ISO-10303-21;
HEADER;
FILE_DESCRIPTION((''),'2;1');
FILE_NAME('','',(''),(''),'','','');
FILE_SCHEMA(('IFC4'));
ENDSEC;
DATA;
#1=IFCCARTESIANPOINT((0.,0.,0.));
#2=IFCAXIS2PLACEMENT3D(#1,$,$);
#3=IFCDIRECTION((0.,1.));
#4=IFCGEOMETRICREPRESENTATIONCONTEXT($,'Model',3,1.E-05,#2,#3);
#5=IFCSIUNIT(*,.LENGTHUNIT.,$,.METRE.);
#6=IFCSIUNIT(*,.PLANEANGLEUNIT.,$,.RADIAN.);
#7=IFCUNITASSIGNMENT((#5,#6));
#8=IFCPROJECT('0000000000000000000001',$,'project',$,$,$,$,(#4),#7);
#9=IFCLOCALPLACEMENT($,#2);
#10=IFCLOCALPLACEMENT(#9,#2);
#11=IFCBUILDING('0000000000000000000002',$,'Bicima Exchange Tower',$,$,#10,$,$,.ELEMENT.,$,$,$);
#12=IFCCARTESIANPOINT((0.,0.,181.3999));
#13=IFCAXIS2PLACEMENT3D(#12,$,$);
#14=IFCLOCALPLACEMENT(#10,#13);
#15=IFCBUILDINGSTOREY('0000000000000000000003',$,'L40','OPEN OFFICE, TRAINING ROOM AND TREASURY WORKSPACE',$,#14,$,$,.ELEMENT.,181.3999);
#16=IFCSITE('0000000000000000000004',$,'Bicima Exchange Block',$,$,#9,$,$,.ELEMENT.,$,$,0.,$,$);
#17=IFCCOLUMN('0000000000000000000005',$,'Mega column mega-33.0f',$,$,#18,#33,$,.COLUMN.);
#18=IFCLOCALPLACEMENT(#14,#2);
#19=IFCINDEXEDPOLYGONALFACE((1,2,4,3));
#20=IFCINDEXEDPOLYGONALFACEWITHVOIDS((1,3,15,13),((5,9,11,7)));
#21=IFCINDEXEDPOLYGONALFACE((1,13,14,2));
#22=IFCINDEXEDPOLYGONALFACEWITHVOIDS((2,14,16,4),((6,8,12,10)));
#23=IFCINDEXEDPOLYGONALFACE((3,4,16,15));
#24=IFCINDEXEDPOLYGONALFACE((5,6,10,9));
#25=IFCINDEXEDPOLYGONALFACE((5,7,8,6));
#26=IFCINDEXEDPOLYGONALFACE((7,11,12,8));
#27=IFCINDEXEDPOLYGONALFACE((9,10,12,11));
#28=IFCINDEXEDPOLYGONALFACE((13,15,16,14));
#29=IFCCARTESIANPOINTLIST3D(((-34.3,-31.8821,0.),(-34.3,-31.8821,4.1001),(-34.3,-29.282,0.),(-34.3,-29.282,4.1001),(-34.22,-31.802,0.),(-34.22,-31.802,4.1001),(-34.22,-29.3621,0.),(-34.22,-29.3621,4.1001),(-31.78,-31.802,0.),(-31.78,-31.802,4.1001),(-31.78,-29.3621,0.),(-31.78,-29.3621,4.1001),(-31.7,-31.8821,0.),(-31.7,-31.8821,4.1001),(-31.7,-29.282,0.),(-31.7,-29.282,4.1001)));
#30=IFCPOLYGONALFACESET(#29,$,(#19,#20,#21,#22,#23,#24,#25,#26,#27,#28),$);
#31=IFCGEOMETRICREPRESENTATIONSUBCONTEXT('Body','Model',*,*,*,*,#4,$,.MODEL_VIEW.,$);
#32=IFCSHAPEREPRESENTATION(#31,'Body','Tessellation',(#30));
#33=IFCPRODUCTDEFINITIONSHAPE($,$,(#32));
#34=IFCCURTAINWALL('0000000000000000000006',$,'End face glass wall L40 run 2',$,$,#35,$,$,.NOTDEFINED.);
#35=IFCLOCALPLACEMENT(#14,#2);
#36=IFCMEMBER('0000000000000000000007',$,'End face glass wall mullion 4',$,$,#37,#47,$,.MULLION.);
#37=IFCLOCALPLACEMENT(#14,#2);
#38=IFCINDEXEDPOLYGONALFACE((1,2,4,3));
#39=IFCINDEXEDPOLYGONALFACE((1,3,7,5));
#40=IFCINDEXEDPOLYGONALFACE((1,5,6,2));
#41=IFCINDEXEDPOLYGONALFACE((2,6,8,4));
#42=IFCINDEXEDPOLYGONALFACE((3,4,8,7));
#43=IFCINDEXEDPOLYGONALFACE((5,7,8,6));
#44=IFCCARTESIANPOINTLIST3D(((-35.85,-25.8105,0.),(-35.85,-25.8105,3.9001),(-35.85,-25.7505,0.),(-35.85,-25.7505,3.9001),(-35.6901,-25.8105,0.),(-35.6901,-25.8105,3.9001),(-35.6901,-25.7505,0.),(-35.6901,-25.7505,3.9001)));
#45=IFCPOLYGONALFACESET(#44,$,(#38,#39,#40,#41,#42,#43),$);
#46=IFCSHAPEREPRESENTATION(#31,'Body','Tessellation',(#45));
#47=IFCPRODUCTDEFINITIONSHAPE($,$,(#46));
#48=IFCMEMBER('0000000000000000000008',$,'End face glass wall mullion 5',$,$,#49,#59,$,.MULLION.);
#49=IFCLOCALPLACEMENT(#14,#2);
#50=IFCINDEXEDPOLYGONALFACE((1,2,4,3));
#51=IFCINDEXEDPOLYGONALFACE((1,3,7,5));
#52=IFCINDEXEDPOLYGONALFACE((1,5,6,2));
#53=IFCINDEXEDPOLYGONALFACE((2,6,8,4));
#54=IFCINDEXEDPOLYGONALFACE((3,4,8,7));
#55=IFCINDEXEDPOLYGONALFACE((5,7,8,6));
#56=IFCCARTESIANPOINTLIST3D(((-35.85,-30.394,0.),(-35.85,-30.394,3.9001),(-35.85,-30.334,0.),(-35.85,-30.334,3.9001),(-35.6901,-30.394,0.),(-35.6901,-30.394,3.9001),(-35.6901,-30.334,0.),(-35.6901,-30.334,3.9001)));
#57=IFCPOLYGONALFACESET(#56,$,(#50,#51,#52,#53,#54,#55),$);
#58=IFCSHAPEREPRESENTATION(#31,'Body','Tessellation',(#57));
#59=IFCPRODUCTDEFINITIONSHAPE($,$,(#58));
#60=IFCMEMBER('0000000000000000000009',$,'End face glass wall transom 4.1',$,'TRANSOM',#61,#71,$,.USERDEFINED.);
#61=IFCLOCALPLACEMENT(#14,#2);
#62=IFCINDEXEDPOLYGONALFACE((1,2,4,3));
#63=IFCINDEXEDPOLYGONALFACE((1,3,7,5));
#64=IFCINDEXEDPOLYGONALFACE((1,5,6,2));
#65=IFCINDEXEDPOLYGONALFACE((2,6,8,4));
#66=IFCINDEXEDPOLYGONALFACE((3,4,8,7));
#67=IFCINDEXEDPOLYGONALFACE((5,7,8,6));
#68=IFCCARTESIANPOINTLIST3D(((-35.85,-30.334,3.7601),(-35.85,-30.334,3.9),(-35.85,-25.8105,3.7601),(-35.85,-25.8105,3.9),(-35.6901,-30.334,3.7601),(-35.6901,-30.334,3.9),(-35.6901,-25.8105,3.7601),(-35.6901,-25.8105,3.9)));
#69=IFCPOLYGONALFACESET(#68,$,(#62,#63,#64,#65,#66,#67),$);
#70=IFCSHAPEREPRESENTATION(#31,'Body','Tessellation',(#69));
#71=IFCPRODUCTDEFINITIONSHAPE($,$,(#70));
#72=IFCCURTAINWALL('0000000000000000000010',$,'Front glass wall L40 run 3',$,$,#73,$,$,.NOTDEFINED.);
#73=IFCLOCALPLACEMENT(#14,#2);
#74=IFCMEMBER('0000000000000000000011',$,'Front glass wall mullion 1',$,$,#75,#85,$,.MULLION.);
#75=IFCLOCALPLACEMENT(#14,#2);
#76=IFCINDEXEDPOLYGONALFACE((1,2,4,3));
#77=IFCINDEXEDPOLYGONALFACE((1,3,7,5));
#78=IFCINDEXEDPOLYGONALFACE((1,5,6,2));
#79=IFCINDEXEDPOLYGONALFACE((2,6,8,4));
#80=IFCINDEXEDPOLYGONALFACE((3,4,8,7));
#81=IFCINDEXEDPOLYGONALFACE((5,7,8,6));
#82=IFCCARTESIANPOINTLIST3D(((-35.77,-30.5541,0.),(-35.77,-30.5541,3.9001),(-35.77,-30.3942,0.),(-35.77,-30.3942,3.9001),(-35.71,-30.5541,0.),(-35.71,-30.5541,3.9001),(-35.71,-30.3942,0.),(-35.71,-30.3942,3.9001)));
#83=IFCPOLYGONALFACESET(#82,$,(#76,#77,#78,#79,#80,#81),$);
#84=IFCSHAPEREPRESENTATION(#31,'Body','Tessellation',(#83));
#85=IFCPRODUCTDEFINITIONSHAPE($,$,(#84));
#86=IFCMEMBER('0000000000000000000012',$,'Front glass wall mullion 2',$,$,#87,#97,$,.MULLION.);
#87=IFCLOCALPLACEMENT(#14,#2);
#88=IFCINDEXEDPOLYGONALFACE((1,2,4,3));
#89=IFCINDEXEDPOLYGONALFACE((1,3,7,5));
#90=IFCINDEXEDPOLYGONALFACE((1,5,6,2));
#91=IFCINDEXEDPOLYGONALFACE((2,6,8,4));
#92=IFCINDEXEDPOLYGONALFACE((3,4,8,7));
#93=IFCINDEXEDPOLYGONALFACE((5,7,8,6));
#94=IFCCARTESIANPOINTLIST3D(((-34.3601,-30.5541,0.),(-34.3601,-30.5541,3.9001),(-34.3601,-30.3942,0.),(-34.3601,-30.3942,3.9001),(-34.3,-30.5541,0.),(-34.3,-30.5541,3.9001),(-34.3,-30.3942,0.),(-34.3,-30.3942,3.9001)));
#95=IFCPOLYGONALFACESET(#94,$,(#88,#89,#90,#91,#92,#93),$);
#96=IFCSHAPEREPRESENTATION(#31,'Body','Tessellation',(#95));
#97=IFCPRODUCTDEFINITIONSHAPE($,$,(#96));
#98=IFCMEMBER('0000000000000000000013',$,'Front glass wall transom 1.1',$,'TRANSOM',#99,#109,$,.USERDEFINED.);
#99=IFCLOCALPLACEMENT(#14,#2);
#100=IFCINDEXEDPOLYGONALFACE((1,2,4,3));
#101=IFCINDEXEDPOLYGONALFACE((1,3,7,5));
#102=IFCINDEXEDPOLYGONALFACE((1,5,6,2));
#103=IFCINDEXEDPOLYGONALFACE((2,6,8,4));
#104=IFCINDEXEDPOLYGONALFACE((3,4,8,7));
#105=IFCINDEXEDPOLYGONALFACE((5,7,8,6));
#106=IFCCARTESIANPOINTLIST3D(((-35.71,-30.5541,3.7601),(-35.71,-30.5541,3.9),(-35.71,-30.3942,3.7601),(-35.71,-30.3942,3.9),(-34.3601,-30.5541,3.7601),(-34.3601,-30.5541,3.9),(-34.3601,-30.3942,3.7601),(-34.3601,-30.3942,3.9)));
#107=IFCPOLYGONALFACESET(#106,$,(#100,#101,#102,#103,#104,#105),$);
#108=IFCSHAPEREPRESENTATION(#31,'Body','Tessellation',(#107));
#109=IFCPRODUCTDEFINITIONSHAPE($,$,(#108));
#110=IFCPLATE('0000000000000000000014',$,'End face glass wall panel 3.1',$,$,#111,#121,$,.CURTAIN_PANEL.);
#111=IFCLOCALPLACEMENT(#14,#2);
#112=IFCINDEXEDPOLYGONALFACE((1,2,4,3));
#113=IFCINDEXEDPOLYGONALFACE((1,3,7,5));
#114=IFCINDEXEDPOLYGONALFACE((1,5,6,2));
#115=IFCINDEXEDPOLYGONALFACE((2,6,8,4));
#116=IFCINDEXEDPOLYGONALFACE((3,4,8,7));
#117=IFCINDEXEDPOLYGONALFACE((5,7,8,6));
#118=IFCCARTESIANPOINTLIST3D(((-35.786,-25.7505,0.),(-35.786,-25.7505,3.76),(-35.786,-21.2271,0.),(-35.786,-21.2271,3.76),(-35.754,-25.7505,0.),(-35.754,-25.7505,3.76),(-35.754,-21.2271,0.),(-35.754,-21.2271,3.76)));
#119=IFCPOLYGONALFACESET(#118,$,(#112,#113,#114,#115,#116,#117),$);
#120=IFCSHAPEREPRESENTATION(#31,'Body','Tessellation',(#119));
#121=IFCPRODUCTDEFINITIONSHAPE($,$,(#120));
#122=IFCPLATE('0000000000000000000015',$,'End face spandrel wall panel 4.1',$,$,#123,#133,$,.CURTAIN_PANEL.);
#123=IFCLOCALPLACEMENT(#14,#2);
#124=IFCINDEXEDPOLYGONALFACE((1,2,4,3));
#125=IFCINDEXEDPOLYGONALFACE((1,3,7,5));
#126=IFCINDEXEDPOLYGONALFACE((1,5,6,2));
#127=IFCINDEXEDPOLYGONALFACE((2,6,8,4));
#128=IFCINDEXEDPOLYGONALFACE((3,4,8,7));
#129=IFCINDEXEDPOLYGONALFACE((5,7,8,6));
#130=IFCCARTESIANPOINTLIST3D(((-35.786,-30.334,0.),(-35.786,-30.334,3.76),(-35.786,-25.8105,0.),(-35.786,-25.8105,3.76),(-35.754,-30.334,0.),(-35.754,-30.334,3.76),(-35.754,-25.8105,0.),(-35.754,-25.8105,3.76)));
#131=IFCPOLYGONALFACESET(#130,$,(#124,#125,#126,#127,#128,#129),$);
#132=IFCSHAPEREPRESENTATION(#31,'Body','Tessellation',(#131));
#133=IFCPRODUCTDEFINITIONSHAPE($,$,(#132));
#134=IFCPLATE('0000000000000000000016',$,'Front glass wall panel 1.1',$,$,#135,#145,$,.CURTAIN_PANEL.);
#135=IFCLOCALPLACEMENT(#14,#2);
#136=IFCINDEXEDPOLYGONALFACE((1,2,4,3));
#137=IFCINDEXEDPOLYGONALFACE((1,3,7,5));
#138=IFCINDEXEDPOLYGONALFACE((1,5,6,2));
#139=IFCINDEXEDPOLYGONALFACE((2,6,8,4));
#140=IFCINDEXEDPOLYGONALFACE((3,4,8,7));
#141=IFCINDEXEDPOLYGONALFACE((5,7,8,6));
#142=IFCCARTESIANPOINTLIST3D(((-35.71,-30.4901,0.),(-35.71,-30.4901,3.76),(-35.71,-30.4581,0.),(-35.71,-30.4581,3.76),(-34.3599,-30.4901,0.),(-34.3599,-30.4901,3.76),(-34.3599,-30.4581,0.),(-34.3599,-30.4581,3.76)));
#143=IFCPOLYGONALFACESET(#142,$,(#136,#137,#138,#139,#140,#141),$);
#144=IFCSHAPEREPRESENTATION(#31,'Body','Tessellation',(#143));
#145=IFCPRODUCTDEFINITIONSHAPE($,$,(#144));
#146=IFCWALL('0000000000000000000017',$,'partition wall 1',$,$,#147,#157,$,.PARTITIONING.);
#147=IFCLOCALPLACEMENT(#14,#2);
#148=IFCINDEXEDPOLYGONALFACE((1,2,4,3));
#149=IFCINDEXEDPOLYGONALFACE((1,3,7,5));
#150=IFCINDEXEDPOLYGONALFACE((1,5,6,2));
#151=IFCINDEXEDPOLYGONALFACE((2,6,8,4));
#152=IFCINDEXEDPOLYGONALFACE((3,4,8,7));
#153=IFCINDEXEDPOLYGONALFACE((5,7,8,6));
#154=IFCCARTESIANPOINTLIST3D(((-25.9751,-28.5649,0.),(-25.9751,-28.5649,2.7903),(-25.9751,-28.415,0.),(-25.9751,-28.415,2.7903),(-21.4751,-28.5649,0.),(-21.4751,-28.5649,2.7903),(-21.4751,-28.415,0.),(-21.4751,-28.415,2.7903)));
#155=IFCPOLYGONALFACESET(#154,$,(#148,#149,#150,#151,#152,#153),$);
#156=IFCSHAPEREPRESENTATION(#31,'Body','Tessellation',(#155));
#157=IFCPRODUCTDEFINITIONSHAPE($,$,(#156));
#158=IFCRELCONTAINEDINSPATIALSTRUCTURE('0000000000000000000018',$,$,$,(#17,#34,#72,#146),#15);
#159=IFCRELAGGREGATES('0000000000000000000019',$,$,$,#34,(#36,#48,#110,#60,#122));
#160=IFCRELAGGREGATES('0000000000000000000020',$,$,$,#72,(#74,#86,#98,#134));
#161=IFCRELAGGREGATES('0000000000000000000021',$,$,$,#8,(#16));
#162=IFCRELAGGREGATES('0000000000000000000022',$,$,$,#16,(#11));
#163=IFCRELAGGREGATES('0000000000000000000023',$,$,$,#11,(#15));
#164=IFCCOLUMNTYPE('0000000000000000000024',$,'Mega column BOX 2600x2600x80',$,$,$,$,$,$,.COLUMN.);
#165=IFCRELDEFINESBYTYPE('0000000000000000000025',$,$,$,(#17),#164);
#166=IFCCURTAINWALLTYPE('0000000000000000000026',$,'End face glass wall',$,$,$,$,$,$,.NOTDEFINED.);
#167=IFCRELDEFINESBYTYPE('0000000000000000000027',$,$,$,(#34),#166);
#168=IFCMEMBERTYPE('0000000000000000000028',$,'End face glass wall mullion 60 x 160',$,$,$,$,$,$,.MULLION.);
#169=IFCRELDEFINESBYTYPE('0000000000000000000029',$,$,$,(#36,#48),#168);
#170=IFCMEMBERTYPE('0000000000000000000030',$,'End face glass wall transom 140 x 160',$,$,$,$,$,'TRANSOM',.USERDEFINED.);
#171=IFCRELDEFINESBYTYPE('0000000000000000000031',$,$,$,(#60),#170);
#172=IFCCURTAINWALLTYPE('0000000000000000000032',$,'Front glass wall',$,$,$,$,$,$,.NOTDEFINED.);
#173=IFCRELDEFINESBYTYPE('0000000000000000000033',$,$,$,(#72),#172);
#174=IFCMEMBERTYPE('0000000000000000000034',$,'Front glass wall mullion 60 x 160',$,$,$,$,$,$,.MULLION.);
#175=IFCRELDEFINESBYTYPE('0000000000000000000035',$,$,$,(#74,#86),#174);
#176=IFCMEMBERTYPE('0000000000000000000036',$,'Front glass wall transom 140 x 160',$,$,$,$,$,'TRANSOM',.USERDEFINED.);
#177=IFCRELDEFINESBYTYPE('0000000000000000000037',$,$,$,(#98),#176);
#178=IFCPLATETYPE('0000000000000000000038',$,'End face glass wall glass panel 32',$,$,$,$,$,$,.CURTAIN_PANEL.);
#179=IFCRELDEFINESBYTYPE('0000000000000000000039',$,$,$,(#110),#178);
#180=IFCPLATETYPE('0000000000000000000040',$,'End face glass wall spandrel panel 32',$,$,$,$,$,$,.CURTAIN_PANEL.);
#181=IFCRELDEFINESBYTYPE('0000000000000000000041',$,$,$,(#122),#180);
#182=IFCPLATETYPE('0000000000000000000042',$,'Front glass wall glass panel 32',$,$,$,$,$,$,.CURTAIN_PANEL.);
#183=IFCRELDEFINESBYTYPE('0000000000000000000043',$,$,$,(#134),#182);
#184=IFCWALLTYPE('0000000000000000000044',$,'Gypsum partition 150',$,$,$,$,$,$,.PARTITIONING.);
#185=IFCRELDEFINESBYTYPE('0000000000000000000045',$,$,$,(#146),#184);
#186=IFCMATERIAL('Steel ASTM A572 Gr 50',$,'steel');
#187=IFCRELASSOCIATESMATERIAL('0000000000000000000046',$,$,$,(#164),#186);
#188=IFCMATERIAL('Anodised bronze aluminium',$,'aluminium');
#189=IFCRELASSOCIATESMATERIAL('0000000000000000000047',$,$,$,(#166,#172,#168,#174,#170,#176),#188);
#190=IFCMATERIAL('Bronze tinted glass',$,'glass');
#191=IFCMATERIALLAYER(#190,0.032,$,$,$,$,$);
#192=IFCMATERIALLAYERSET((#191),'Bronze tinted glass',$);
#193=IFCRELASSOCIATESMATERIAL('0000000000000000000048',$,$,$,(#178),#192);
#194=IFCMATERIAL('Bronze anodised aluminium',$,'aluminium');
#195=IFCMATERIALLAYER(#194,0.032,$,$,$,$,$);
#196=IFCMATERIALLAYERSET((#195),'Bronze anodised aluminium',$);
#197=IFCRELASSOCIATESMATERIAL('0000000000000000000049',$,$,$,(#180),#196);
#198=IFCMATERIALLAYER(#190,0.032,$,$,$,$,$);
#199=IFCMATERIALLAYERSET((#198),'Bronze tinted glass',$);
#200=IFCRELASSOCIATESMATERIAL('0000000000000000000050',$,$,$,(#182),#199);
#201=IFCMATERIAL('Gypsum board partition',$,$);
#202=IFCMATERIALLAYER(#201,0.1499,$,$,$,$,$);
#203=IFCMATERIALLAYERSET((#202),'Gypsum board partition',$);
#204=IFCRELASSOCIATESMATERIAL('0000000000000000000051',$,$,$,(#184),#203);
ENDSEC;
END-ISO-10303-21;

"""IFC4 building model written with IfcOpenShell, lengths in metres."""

from ifc_helpers import new_model, si_unit, direction, frame, frame_2d, origin, origin_2d, place, context, subcontext, project, spatial, rectangle, hollow_rectangle, extrude, material, layer, layer_set, material_profile, profile_set, type_object, element, aggregate, save


model = new_model("IFC4")

# Units and contexts
model_context = context("Model", 3, precision=1e-05, world=origin(), true_north=direction((0.0, 1.0)))
body_context = subcontext(model_context, "Body", "Model", "MODEL_VIEW")
ifc_project = project(units=[si_unit("LENGTHUNIT", "METRE"), si_unit("PLANEANGLEUNIT", "RADIAN")], contexts=[model_context])

# Site, building, storey
site_placement = place(None, origin())
site = spatial("IfcSite", under=ifc_project, at=site_placement, Name="Bicima Exchange Block", CompositionType="ELEMENT", RefElevation=0.0)
building_placement = place(site_placement, origin())
building = spatial("IfcBuilding", under=site, at=building_placement, Name="Bicima Exchange Tower", CompositionType="ELEMENT")
storey_placement = place(building_placement, frame((0.0, 0.0, 181.3999)))
storey = spatial("IfcBuildingStorey", under=building, at=storey_placement, Name="L40", Description="OPEN OFFICE, TRAINING ROOM AND TREASURY WORKSPACE", CompositionType="ELEMENT", Elevation=181.3999)

# Column
ifc_material_1 = material(Name="Steel ASTM A572 Gr 50", Category="steel")
ifc_material_profile_1 = material_profile(ifc_material_1, hollow_rectangle(XDim=2.6001, YDim=2.6001, WallThickness=0.0801, at=origin_2d()))
ifc_profile_set_1 = profile_set([ifc_material_profile_1], Name="Steel ASTM A572 Gr 50")
column_type = type_object("IfcColumnType", Name="Mega column BOX 2600x2600x80", PredefinedType="COLUMN", material=ifc_profile_set_1)
column_placement = place(storey_placement, frame((-33.0, -30.582, 0.0), z_axis=(0.0, 0.0, 1.0), x_axis=(1.0, 0.0, 0.0)))
element("IfcColumn", 1, at=column_placement, inside=storey, type_object=column_type, Name="Mega column mega-33.0f", PredefinedType="COLUMN", context=body_context, shape_type="SweptSolid", body=[
    extrude(hollow_rectangle(XDim=2.6001, YDim=2.6001, WallThickness=0.0801, at=origin_2d()), origin(), (0.0, 0.0, 1.0), 4.1001),
])

# Curtain walls, members
ifc_material_2 = material(Name="Anodised bronze aluminium", Category="aluminium")
curtain_wall_type_1 = type_object("IfcCurtainWallType", Name="End face glass wall", PredefinedType="NOTDEFINED", material=ifc_material_2)
curtain_wall_1_placement = place(storey_placement, origin())
curtain_wall_1 = element("IfcCurtainWall", 2, at=curtain_wall_1_placement, inside=storey, type_object=curtain_wall_type_1, Name="End face glass wall L40 run 2", PredefinedType="NOTDEFINED")
ifc_material_profile_2 = material_profile(ifc_material_2, rectangle(XDim=0.1599, YDim=0.0601, at=origin_2d()))
ifc_profile_set_2 = profile_set([ifc_material_profile_2], Name="Anodised bronze aluminium")
member_type_1 = type_object("IfcMemberType", Name="End face glass wall mullion 60 x 160", PredefinedType="MULLION", material=ifc_profile_set_2)
member_1_placement = place(storey_placement, frame((-35.77, -25.7805, 0.0), z_axis=(0.0, 0.0, 1.0), x_axis=(1.0, 0.0, 0.0)))
member_1 = element("IfcMember", 3, at=member_1_placement, type_object=member_type_1, Name="End face glass wall mullion 4", PredefinedType="MULLION", context=body_context, shape_type="SweptSolid", body=[
    extrude(rectangle(XDim=0.1599, YDim=0.0601, at=origin_2d()), origin(), (0.0, 0.0, 1.0), 3.9001),
])
member_2_placement = place(storey_placement, frame((-35.77, -30.364, 0.0), z_axis=(0.0, 0.0, 1.0), x_axis=(1.0, 0.0, 0.0)))
member_2 = element("IfcMember", 4, at=member_2_placement, type_object=member_type_1, Name="End face glass wall mullion 5", PredefinedType="MULLION", context=body_context, shape_type="SweptSolid", body=[
    extrude(rectangle(XDim=0.1599, YDim=0.0601, at=origin_2d()), origin(), (0.0, 0.0, 1.0), 3.9001),
])
ifc_material_profile_3 = material_profile(ifc_material_2, rectangle(XDim=0.1599, YDim=0.1399, at=origin_2d()))
ifc_profile_set_3 = profile_set([ifc_material_profile_3], Name="Anodised bronze aluminium")
member_type_2 = type_object("IfcMemberType", Name="End face glass wall transom 140 x 160", ElementType="TRANSOM", PredefinedType="USERDEFINED", material=ifc_profile_set_3)
member_3_placement = place(storey_placement, frame((-35.77, -25.8105, 3.8301), z_axis=(0.0, -1.0, 0.0), x_axis=(1.0, 0.0, 0.0)))
member_3 = element("IfcMember", 5, at=member_3_placement, type_object=member_type_2, Name="End face glass wall transom 4.1", ObjectType="TRANSOM", PredefinedType="USERDEFINED", context=body_context, shape_type="SweptSolid", body=[
    extrude(rectangle(XDim=0.1599, YDim=0.1399, at=origin_2d()), origin(), (0.0, 0.0, 1.0), 4.5234),
])
curtain_wall_type_2 = type_object("IfcCurtainWallType", Name="Front glass wall", PredefinedType="NOTDEFINED", material=ifc_material_2)
curtain_wall_2_placement = place(storey_placement, origin())
curtain_wall_2 = element("IfcCurtainWall", 6, at=curtain_wall_2_placement, inside=storey, type_object=curtain_wall_type_2, Name="Front glass wall L40 run 3", PredefinedType="NOTDEFINED")
member_type_3 = type_object("IfcMemberType", Name="Front glass wall mullion 60 x 160", PredefinedType="MULLION", material=ifc_profile_set_2)
member_4_placement = place(storey_placement, frame((-35.74, -30.4741, 0.0), z_axis=(0.0, 0.0, 1.0), x_axis=(0.0, 1.0, 0.0)))
member_4 = element("IfcMember", 7, at=member_4_placement, type_object=member_type_3, Name="Front glass wall mullion 1", PredefinedType="MULLION", context=body_context, shape_type="SweptSolid", body=[
    extrude(rectangle(XDim=0.1599, YDim=0.0601, at=origin_2d()), origin(), (0.0, 0.0, 1.0), 3.9001),
])
member_5_placement = place(storey_placement, frame((-34.3301, -30.4741, 0.0), z_axis=(0.0, 0.0, 1.0), x_axis=(0.0, 1.0, 0.0)))
member_5 = element("IfcMember", 8, at=member_5_placement, type_object=member_type_3, Name="Front glass wall mullion 2", PredefinedType="MULLION", context=body_context, shape_type="SweptSolid", body=[
    extrude(rectangle(XDim=0.1599, YDim=0.0601, at=origin_2d()), origin(), (0.0, 0.0, 1.0), 3.9001),
])
member_type_4 = type_object("IfcMemberType", Name="Front glass wall transom 140 x 160", ElementType="TRANSOM", PredefinedType="USERDEFINED", material=ifc_profile_set_3)
member_6_placement = place(storey_placement, frame((-35.71, -30.4741, 3.8301), z_axis=(1.0, 0.0, 0.0), x_axis=(0.0, 1.0, 0.0)))
member_6 = element("IfcMember", 9, at=member_6_placement, type_object=member_type_4, Name="Front glass wall transom 1.1", ObjectType="TRANSOM", PredefinedType="USERDEFINED", context=body_context, shape_type="SweptSolid", body=[
    extrude(rectangle(XDim=0.1599, YDim=0.1399, at=origin_2d()), origin(), (0.0, 0.0, 1.0), 1.3499),
])

# Plates
ifc_material_3 = material(Name="Bronze tinted glass", Category="glass")
ifc_layer_1 = layer(ifc_material_3, 0.032)
ifc_layer_set_1 = layer_set([ifc_layer_1], Name="Bronze tinted glass")
plate_type_1 = type_object("IfcPlateType", Name="End face glass wall glass panel 32", PredefinedType="CURTAIN_PANEL", material=ifc_layer_set_1)
plate_1_placement = place(storey_placement, frame((-35.77, -23.4888, 0.0), z_axis=(0.0, 0.0, 1.0), x_axis=(0.0, -1.0, 0.0)))
plate_1 = element("IfcPlate", 10, at=plate_1_placement, type_object=plate_type_1, Name="End face glass wall panel 3.1", PredefinedType="CURTAIN_PANEL", context=body_context, shape_type="SweptSolid", body=[
    extrude(rectangle(XDim=4.5234, YDim=0.032, at=origin_2d()), origin(), (0.0, 0.0, 1.0), 3.76),
])
ifc_material_4 = material(Name="Bronze anodised aluminium", Category="aluminium")
ifc_layer_2 = layer(ifc_material_4, 0.032)
ifc_layer_set_2 = layer_set([ifc_layer_2], Name="Bronze anodised aluminium")
plate_type_2 = type_object("IfcPlateType", Name="End face glass wall spandrel panel 32", PredefinedType="CURTAIN_PANEL", material=ifc_layer_set_2)
plate_2_placement = place(storey_placement, frame((-35.77, -28.0723, 0.0), z_axis=(0.0, 0.0, 1.0), x_axis=(0.0, -1.0, 0.0)))
plate_2 = element("IfcPlate", 11, at=plate_2_placement, type_object=plate_type_2, Name="End face spandrel wall panel 4.1", PredefinedType="CURTAIN_PANEL", context=body_context, shape_type="SweptSolid", body=[
    extrude(rectangle(XDim=4.5234, YDim=0.032, at=origin_2d()), origin(), (0.0, 0.0, 1.0), 3.76),
])
aggregate(curtain_wall_1, [member_1, member_2, plate_1, member_3, plate_2])
ifc_layer_3 = layer(ifc_material_3, 0.032)
ifc_layer_set_3 = layer_set([ifc_layer_3], Name="Bronze tinted glass")
plate_type_3 = type_object("IfcPlateType", Name="Front glass wall glass panel 32", PredefinedType="CURTAIN_PANEL", material=ifc_layer_set_3)
plate_3_placement = place(storey_placement, frame((-35.0349, -30.4741, 0.0), z_axis=(0.0, 0.0, 1.0), x_axis=(1.0, 0.0, 0.0)))
plate_3 = element("IfcPlate", 12, at=plate_3_placement, type_object=plate_type_3, Name="Front glass wall panel 1.1", PredefinedType="CURTAIN_PANEL", context=body_context, shape_type="SweptSolid", body=[
    extrude(rectangle(XDim=1.3501, YDim=0.032, at=origin_2d()), origin(), (0.0, 0.0, 1.0), 3.76),
])
aggregate(curtain_wall_2, [member_4, member_5, member_6, plate_3])

# Wall
ifc_material_5 = material(Name="Gypsum board partition")
ifc_layer_4 = layer(ifc_material_5, 0.1499)
ifc_layer_set_4 = layer_set([ifc_layer_4], Name="Gypsum board partition")
wall_type = type_object("IfcWallType", Name="Gypsum partition 150", PredefinedType="PARTITIONING", material=ifc_layer_set_4)
wall_placement = place(storey_placement, frame((-25.9751, -28.49, 0.0), z_axis=(0.0, 0.0, 1.0), x_axis=(1.0, 0.0, 0.0)))
element("IfcWall", 13, at=wall_placement, inside=storey, type_object=wall_type, Name="partition wall 1", PredefinedType="PARTITIONING", context=body_context, shape_type="SweptSolid", body=[
    extrude(rectangle(XDim=4.5, YDim=0.1499, at=frame_2d((2.25, 0.0))), origin(), (0.0, 0.0, 1.0), 2.7903),
])

save(model, "model.ifc")
